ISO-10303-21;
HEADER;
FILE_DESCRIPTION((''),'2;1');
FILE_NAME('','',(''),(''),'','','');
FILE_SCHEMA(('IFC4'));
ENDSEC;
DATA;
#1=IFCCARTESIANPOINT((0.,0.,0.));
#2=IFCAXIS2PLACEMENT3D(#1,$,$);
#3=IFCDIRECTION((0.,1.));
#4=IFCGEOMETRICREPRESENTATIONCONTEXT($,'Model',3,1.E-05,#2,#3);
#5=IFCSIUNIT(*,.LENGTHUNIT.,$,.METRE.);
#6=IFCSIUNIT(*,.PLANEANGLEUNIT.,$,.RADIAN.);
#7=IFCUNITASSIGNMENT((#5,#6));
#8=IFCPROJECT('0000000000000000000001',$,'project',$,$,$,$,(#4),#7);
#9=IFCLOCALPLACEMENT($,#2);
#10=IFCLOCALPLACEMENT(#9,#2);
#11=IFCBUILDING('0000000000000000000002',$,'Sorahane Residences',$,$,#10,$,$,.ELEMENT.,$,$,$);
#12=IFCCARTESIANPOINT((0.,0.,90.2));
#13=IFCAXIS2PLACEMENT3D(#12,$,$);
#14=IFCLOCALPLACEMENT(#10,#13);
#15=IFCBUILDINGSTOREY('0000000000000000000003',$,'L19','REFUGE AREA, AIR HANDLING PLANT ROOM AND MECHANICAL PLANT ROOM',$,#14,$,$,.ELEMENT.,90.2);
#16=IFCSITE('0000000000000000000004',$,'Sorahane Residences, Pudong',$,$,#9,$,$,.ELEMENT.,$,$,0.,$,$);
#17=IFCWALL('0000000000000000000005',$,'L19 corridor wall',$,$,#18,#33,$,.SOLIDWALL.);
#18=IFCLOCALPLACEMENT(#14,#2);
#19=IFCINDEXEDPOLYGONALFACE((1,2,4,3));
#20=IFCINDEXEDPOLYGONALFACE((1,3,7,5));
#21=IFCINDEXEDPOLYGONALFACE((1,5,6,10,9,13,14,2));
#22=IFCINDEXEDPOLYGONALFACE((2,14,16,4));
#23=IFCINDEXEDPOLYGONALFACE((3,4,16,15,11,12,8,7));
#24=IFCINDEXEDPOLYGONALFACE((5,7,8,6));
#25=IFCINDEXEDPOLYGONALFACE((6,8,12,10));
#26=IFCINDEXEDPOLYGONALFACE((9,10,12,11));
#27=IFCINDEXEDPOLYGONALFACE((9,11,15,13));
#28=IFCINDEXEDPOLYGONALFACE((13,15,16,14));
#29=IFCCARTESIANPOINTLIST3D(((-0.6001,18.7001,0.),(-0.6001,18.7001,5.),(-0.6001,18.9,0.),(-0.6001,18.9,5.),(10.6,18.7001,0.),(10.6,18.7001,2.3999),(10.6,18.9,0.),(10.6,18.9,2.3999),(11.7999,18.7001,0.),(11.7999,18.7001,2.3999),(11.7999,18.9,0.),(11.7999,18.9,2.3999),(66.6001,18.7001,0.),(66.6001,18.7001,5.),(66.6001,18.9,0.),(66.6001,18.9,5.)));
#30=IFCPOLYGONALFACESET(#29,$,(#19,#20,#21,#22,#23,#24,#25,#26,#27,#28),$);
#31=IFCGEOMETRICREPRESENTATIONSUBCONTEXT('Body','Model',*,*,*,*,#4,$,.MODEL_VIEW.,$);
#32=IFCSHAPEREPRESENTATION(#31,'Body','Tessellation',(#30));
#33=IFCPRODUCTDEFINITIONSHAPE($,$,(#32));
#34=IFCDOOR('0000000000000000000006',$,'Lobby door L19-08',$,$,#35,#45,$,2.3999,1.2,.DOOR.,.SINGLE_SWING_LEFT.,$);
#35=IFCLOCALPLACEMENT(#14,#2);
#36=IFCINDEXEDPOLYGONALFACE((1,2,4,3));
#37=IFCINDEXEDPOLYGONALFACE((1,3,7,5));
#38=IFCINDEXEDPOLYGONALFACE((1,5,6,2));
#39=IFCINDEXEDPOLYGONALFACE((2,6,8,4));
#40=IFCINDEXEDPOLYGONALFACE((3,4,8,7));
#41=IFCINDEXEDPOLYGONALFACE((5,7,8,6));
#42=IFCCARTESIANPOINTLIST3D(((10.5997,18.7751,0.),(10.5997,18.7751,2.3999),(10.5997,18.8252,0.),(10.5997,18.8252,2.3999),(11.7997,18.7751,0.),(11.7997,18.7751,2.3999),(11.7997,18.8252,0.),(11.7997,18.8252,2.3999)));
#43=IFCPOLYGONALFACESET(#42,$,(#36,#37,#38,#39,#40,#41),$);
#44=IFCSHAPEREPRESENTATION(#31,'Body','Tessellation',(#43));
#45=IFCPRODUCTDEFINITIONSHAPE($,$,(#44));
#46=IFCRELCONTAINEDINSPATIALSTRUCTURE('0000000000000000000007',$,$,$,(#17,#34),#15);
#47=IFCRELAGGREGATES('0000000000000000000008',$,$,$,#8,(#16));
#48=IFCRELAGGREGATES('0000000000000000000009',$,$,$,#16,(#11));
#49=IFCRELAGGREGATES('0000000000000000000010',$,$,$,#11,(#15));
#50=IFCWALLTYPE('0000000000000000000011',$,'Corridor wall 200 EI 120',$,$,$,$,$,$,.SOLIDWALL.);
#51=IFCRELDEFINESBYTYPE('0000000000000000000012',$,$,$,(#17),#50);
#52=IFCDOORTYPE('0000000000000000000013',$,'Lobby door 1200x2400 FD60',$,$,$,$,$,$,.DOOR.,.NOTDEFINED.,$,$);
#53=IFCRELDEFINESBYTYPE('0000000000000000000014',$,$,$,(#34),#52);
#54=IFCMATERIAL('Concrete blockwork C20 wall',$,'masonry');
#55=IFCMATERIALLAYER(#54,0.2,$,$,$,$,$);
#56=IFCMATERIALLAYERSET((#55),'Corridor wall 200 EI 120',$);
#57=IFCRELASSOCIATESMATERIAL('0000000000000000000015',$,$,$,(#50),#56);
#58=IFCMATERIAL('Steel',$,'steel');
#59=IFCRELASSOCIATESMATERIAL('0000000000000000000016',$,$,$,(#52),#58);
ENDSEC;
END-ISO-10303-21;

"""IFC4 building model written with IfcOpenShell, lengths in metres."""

from ifc_helpers import new_model, si_unit, direction, frame, frame_2d, origin, place, context, subcontext, project, spatial, rectangle, extrude, material, layer, layer_set, type_object, element, fill, save


model = new_model("IFC4")

# Units and contexts
model_context = context("Model", 3, precision=1e-05, world=origin(), true_north=direction((0.0, 1.0)))
body_context = subcontext(model_context, "Body", "Model", "MODEL_VIEW")
ifc_project = project(units=[si_unit("LENGTHUNIT", "METRE"), si_unit("PLANEANGLEUNIT", "RADIAN")], contexts=[model_context])

# Site, building, storey
site_placement = place(None, origin())
site = spatial("IfcSite", under=ifc_project, at=site_placement, Name="Sorahane Residences, Pudong", CompositionType="ELEMENT", RefElevation=0.0)
building_placement = place(site_placement, origin())
building = spatial("IfcBuilding", under=site, at=building_placement, Name="Sorahane Residences", CompositionType="ELEMENT")
storey_placement = place(building_placement, frame((0.0, 0.0, 90.2)))
storey = spatial("IfcBuildingStorey", under=building, at=storey_placement, Name="L19", Description="REFUGE AREA, AIR HANDLING PLANT ROOM AND MECHANICAL PLANT ROOM", CompositionType="ELEMENT", Elevation=90.2)

# Wall, opening, door
ifc_material_1 = material(Name="Concrete blockwork C20 wall", Category="masonry")
ifc_layer_1 = layer(ifc_material_1, 0.2)
ifc_layer_set_1 = layer_set([ifc_layer_1], Name="Corridor wall 200 EI 120")
wall_type_1 = type_object("IfcWallType", Name="Corridor wall 200 EI 120", PredefinedType="SOLIDWALL", material=ifc_layer_set_1)
wall_1_placement = place(storey_placement, frame((-0.6001, 18.8, 0.0), z_axis=(0.0, 0.0, 1.0), x_axis=(1.0, 0.0, 0.0)))
wall_1 = element("IfcWall", 1, at=wall_1_placement, inside=storey, type_object=wall_type_1, Name="L19 corridor wall", PredefinedType="SOLIDWALL", context=body_context, shape_type="SweptSolid", body=[
    extrude(rectangle(XDim=67.2002, YDim=0.2, at=frame_2d((33.6001, 0.0))), origin(), (0.0, 0.0, 1.0), 5.0),
])
opening_1_placement = place(wall_1_placement, frame((11.2, 0.0, 0.0)))
opening_1 = element("IfcOpeningElement", 2, at=opening_1_placement, cuts=wall_1, PredefinedType="OPENING", context=body_context, shape_type="SweptSolid", body=[
    extrude(rectangle(XDim=1.2, YDim=2.3999, at=frame_2d((0.6001, 1.2))), frame((0.0, 0.1099, 0.0), z_axis=(0.0, -1.0, 0.0), x_axis=(1.0, 0.0, 0.0)), (0.0, 0.0, 1.0), 0.22),
])
ifc_material_2 = material(Name="Steel", Category="steel")
door_type_1 = type_object("IfcDoorType", Name="Lobby door 1200x2400 FD60", OperationType="NOTDEFINED", PredefinedType="DOOR", material=ifc_material_2)
door_1_placement = place(opening_1_placement, frame((1.2, 0.0, 0.0), z_axis=(0.0, 0.0, 1.0), x_axis=(-1.0, 0.0, 0.0)))
door_1 = element("IfcDoor", 3, at=door_1_placement, inside=storey, type_object=door_type_1, Name="Lobby door L19-08", OperationType="SINGLE_SWING_LEFT", OverallHeight=2.3999, OverallWidth=1.2, PredefinedType="DOOR", context=body_context, shape_type="SweptSolid", body=[
    extrude(rectangle(XDim=1.2, YDim=2.3999, at=frame_2d((0.6001, 1.2))), frame((0.0, 0.0249, 0.0), z_axis=(0.0, -1.0, 0.0), x_axis=(1.0, 0.0, 0.0)), (0.0, 0.0, 1.0), 0.05),
])
fill(opening_1, door_1)

save(model, "model.ifc")
